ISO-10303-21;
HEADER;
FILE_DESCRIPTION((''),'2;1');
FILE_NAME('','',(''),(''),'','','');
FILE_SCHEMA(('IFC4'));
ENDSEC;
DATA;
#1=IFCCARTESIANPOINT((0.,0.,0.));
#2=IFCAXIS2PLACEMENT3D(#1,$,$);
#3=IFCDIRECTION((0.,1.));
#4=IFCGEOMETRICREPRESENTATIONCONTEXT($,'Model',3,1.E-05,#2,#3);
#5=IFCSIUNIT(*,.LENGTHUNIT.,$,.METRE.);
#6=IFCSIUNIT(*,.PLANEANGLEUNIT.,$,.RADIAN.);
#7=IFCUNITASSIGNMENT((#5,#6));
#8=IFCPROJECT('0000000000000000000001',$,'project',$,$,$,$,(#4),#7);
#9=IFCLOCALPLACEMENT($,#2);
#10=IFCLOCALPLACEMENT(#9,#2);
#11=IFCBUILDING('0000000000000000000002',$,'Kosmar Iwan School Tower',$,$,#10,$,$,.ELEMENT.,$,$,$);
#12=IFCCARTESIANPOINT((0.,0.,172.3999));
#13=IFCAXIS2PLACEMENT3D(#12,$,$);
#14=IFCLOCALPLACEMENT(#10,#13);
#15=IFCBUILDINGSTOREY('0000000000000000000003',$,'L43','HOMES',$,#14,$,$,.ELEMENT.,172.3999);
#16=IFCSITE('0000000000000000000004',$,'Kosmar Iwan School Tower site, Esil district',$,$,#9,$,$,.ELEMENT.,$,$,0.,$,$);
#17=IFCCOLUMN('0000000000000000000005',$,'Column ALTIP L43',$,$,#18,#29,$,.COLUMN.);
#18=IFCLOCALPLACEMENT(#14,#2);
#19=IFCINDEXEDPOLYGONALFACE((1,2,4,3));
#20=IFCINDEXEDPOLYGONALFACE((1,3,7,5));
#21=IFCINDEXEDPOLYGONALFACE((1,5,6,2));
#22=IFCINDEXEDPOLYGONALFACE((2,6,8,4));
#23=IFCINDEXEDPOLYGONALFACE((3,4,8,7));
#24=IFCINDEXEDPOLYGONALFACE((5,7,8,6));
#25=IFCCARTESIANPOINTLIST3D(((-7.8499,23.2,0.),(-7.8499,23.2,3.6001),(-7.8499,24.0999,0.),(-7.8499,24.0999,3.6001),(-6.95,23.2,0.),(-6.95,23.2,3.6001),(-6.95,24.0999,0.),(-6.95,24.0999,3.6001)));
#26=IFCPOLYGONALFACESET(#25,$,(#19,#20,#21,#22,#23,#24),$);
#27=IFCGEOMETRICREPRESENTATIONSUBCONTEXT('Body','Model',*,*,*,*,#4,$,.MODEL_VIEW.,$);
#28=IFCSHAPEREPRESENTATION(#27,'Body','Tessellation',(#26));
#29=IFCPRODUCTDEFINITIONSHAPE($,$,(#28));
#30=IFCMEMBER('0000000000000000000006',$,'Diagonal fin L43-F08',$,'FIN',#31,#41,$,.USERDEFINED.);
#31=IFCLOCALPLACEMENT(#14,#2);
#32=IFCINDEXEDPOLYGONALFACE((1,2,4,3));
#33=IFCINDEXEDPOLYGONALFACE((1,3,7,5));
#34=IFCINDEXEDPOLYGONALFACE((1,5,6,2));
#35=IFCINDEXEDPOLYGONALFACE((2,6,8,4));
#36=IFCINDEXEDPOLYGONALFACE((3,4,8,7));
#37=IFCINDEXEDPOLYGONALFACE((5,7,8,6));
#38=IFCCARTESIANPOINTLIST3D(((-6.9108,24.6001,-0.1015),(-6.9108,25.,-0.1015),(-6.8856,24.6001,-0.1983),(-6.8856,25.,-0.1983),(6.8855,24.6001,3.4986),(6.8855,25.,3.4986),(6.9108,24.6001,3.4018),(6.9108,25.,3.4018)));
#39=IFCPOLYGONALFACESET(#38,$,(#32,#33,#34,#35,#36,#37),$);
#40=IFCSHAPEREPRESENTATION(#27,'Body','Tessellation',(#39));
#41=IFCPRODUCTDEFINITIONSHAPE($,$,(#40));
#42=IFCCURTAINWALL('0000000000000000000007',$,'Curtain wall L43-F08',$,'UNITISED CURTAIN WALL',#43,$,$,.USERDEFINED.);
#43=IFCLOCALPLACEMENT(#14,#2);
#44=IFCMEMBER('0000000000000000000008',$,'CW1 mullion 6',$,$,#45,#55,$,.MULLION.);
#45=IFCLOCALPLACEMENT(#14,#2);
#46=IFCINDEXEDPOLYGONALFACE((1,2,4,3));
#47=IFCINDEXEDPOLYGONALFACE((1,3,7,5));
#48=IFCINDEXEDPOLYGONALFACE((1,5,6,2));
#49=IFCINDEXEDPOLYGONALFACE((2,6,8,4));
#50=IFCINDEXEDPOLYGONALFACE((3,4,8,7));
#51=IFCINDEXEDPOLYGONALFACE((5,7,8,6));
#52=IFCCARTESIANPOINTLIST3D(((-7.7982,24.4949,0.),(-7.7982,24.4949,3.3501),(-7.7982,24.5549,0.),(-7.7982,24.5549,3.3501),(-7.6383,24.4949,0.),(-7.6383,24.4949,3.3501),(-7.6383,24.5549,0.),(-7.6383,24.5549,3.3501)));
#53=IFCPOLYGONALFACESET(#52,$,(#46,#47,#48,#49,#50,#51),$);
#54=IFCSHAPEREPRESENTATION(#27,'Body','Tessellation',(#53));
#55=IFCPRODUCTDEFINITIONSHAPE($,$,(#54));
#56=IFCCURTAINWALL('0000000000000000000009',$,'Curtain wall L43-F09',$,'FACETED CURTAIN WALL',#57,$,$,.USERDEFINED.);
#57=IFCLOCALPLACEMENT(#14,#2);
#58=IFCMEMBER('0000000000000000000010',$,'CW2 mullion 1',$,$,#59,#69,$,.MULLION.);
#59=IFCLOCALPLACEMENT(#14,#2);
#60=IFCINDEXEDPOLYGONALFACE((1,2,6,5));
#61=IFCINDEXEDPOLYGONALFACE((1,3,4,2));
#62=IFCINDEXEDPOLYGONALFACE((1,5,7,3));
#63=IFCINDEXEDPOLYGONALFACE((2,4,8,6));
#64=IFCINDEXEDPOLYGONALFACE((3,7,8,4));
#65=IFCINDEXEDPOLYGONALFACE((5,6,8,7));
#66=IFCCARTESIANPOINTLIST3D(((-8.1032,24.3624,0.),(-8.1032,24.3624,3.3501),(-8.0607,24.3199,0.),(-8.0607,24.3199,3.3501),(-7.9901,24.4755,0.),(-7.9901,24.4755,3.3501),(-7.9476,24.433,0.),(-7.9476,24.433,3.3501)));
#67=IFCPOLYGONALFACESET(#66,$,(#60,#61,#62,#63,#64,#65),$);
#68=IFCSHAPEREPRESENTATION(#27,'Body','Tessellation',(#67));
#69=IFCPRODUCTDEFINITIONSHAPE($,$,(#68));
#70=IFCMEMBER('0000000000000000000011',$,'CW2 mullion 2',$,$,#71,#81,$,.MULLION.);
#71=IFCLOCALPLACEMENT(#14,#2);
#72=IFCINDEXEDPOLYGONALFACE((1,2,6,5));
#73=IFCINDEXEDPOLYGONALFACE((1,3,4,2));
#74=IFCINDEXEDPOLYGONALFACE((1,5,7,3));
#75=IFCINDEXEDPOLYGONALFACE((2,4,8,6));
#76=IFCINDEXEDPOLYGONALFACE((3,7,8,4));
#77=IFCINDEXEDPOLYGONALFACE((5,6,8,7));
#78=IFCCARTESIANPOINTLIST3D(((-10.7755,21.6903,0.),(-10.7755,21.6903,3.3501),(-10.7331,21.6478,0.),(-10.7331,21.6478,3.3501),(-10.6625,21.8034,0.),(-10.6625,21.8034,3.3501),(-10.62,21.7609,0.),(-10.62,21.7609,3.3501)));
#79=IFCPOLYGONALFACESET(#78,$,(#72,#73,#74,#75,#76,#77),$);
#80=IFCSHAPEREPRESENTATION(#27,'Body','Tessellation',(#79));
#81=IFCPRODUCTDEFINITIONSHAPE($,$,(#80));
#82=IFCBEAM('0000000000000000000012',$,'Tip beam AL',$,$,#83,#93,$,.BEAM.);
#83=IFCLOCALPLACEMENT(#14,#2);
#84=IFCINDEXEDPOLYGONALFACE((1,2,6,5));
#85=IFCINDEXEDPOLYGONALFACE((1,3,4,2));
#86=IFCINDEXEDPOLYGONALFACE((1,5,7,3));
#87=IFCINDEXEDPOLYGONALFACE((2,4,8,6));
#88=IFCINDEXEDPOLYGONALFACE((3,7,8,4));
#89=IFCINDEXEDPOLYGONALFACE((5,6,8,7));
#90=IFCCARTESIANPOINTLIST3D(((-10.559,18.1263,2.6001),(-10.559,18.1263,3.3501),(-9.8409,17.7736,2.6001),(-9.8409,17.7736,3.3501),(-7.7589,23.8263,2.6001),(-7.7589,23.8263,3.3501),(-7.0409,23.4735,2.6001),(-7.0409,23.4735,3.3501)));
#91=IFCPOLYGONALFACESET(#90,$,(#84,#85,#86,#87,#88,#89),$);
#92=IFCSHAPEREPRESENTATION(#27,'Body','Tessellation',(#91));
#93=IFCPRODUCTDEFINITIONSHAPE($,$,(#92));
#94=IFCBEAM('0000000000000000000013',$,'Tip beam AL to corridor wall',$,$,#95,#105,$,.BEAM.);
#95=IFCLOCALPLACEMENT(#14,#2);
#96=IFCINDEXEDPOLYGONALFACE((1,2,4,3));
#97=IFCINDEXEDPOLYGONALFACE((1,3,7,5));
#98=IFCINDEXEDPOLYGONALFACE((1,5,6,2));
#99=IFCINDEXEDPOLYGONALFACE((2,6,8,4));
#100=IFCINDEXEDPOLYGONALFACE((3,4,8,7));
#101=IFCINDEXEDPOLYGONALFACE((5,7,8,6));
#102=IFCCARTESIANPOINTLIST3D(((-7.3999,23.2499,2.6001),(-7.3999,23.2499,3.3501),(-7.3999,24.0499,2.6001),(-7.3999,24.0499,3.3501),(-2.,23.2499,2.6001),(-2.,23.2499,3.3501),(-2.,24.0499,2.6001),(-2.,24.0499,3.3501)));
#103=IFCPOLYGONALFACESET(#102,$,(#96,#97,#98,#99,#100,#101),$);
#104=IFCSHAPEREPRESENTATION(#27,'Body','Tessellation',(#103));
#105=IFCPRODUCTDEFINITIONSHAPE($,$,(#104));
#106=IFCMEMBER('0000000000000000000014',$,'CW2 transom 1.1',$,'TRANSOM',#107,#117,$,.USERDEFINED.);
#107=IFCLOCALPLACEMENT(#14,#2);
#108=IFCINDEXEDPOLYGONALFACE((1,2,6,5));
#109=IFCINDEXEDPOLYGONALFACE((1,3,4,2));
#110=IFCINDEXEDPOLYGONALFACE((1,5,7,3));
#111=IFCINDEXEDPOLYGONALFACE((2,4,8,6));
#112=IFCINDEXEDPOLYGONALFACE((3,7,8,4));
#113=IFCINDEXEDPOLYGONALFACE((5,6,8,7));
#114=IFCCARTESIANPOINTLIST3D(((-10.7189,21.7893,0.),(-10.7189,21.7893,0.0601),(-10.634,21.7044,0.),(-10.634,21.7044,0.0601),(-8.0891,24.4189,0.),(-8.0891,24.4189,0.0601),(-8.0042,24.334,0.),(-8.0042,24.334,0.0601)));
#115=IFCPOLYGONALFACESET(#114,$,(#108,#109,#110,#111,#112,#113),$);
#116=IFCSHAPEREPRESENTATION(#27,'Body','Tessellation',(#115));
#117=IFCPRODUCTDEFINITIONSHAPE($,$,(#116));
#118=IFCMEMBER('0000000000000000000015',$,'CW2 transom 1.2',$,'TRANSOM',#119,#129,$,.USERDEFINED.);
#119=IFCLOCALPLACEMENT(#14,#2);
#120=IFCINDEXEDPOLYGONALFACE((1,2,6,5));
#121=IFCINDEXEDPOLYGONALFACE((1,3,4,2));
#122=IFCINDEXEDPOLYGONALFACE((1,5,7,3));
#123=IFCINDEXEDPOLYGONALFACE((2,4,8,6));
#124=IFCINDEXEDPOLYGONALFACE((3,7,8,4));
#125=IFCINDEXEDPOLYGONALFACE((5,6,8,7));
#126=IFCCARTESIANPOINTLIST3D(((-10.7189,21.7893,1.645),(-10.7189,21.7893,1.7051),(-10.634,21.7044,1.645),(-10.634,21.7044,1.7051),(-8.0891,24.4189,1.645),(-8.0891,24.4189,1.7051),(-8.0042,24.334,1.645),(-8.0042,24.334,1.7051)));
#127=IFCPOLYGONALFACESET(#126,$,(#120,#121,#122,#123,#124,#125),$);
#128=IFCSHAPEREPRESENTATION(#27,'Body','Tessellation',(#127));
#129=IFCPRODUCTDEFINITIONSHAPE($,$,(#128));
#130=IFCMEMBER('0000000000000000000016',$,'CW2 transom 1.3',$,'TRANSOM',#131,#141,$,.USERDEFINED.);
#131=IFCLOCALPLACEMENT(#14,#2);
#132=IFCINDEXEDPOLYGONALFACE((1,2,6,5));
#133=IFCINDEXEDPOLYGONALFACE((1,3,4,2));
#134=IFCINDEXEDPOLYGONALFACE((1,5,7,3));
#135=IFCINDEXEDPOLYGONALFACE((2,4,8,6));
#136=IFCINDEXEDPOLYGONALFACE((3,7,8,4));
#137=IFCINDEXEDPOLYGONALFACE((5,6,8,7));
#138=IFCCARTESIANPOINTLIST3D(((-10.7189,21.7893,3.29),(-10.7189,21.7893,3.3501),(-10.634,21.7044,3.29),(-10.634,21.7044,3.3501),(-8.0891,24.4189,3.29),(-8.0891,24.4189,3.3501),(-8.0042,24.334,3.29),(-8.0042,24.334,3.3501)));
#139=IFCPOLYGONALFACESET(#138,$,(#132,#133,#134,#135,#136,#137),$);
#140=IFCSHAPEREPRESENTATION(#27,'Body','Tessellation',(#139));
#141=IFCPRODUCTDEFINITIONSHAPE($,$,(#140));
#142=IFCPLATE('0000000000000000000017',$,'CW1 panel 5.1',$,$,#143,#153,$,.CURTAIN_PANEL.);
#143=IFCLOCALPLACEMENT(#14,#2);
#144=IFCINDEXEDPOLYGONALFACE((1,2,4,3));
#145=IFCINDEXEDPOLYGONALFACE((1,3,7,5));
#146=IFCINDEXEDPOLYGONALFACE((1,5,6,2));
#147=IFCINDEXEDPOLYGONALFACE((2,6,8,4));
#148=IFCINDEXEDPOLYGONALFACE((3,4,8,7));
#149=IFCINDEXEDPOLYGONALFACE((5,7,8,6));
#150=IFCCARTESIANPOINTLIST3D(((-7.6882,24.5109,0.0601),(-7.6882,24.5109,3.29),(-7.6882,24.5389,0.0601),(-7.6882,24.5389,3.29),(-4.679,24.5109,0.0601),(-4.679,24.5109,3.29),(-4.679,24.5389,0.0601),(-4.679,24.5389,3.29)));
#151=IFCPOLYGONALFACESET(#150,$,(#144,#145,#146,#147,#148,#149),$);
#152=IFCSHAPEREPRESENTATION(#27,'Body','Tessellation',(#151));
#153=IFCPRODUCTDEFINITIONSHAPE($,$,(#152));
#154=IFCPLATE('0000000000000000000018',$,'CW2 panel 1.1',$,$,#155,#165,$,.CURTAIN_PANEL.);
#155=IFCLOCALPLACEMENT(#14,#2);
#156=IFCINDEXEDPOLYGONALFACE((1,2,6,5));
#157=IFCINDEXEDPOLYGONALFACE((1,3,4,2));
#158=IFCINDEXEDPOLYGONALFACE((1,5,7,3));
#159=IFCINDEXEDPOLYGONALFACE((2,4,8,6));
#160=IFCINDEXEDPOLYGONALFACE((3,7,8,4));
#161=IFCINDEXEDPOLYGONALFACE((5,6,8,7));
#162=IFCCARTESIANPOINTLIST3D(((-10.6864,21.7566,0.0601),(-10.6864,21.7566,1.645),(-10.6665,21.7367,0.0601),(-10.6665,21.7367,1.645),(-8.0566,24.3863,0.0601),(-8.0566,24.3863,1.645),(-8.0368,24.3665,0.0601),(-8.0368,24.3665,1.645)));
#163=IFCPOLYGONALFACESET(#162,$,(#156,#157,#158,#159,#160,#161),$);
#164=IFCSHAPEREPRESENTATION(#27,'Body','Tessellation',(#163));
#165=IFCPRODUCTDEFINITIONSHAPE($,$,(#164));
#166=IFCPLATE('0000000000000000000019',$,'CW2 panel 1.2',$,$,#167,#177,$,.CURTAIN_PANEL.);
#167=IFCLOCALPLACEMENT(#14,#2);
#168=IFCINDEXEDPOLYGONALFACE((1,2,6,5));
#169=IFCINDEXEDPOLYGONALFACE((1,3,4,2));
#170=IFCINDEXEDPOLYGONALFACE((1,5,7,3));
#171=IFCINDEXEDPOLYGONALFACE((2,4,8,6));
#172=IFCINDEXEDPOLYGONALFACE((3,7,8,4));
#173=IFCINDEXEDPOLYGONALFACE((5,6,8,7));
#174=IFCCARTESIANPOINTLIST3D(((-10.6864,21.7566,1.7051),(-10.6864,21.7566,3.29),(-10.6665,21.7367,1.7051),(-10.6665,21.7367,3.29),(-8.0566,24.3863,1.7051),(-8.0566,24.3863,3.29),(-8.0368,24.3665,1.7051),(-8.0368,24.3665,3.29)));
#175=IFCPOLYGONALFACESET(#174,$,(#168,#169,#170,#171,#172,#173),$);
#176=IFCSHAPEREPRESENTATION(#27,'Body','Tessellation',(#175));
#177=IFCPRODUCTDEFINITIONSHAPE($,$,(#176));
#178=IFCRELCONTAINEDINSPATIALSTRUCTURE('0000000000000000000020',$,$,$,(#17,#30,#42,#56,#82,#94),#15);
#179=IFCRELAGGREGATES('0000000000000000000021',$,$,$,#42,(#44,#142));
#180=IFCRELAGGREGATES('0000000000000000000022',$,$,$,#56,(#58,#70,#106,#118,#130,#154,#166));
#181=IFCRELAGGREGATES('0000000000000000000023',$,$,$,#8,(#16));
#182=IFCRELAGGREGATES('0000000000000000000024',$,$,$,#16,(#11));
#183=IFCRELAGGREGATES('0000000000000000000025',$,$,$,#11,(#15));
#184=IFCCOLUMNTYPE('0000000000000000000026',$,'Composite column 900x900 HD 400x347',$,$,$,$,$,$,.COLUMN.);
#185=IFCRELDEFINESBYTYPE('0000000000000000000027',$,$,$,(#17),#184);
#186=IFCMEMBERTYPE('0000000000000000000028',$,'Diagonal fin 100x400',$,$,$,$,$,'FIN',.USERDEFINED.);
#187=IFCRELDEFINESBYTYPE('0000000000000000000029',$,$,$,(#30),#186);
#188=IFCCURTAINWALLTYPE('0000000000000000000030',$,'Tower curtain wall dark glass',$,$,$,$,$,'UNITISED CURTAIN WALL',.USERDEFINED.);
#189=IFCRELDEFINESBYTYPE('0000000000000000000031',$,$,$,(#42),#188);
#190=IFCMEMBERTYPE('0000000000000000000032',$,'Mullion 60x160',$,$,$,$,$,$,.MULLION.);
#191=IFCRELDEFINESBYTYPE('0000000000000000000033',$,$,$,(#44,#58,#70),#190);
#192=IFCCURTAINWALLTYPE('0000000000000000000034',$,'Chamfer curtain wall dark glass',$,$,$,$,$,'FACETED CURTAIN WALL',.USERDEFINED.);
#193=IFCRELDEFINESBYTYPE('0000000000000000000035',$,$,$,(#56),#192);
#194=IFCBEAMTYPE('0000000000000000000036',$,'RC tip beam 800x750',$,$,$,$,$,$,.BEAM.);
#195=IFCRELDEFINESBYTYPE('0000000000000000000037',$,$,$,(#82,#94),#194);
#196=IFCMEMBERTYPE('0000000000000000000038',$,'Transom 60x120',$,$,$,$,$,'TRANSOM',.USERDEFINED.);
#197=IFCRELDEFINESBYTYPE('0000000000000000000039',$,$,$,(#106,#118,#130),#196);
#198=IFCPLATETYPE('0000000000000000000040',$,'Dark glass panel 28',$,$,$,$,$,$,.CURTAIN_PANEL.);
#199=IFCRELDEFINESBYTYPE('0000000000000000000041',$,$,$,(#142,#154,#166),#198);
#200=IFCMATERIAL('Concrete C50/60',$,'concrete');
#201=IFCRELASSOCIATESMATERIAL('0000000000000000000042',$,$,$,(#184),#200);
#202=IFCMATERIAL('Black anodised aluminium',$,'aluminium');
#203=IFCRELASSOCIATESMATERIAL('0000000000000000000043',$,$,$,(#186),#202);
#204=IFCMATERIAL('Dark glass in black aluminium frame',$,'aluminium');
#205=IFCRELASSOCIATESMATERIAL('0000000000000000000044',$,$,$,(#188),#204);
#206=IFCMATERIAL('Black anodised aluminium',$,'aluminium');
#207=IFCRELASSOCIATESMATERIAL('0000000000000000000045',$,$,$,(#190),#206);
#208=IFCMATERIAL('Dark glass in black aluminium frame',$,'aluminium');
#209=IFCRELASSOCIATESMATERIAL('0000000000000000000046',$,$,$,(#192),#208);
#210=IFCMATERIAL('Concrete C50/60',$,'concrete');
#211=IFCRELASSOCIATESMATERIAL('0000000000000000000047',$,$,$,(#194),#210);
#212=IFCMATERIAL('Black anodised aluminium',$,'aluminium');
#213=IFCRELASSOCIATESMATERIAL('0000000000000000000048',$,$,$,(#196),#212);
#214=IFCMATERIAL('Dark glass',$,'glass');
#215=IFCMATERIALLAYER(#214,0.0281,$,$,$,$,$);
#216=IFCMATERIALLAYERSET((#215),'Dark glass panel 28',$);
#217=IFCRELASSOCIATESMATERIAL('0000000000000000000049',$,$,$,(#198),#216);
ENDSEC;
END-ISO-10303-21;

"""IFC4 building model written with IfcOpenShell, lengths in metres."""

from ifc_helpers import new_model, si_unit, direction, frame, origin, origin_2d, place, context, subcontext, project, spatial, rectangle, extrude, material, layer, layer_set, material_profile, profile_set, type_object, element, aggregate, save


model = new_model("IFC4")

# Units and contexts
model_context = context("Model", 3, precision=1e-05, world=origin(), true_north=direction((0.0, 1.0)))
body_context = subcontext(model_context, "Body", "Model", "MODEL_VIEW")
ifc_project = project(units=[si_unit("LENGTHUNIT", "METRE"), si_unit("PLANEANGLEUNIT", "RADIAN")], contexts=[model_context])

# Site, building, storey
site_placement = place(None, origin())
site = spatial("IfcSite", under=ifc_project, at=site_placement, Name="Kosmar Iwan School Tower site, Esil district", CompositionType="ELEMENT", RefElevation=0.0)
building_placement = place(site_placement, origin())
building = spatial("IfcBuilding", under=site, at=building_placement, Name="Kosmar Iwan School Tower", CompositionType="ELEMENT")
storey_placement = place(building_placement, frame((0.0, 0.0, 172.3999)))
storey = spatial("IfcBuildingStorey", under=building, at=storey_placement, Name="L43", Description="HOMES", CompositionType="ELEMENT", Elevation=172.3999)

# Column
ifc_material_1 = material(Name="Concrete C50/60", Category="concrete")
ifc_material_profile_1 = material_profile(ifc_material_1, rectangle(XDim=0.8999, YDim=0.8999, at=origin_2d()), Name="RC 900x900 + HD 400x347")
ifc_profile_set_1 = profile_set([ifc_material_profile_1], Name="Concrete C50/60")
column_type = type_object("IfcColumnType", Name="Composite column 900x900 HD 400x347", PredefinedType="COLUMN", material=ifc_profile_set_1)
column_placement = place(storey_placement, frame((-7.3999, 23.6499, 0.0), z_axis=(0.0, 0.0, 1.0), x_axis=(0.0, 1.0, 0.0)))
element("IfcColumn", 1, at=column_placement, inside=storey, type_object=column_type, Name="Column ALTIP L43", PredefinedType="COLUMN", context=body_context, shape_type="SweptSolid", body=[
    extrude(rectangle(XDim=0.8999, YDim=0.8999, at=origin_2d()), origin(), (0.0, 0.0, 1.0), 3.6001),
])

# Member
ifc_material_2 = material(Name="Black anodised aluminium", Category="aluminium")
ifc_material_profile_2 = material_profile(ifc_material_2, rectangle(XDim=0.1001, YDim=0.3999, at=origin_2d()), Name="FIN 100x400")
ifc_profile_set_2 = profile_set([ifc_material_profile_2], Name="Black anodised aluminium")
member_type_1 = type_object("IfcMemberType", Name="Diagonal fin 100x400", ElementType="FIN", PredefinedType="USERDEFINED", material=ifc_profile_set_2)
member_1_placement = place(storey_placement, frame((-6.8982, 24.8, -0.1499), z_axis=(0.967599, 0.0, 0.25249), x_axis=(-0.25249, 0.0, 0.967599)))
element("IfcMember", 2, at=member_1_placement, inside=storey, type_object=member_type_1, Name="Diagonal fin L43-F08", ObjectType="FIN", PredefinedType="USERDEFINED", context=body_context, shape_type="SweptSolid", body=[
    extrude(rectangle(XDim=0.1001, YDim=0.3999, at=origin_2d()), origin(), (0.0, 0.0, 1.0), 14.2583),
])

# Curtain wall, member
ifc_material_3 = material(Name="Dark glass in black aluminium frame", Category="aluminium")
curtain_wall_type_1 = type_object("IfcCurtainWallType", Name="Tower curtain wall dark glass", ElementType="UNITISED CURTAIN WALL", PredefinedType="USERDEFINED", material=ifc_material_3)
curtain_wall_1_placement = place(storey_placement, origin())
curtain_wall_1 = element("IfcCurtainWall", 3, at=curtain_wall_1_placement, inside=storey, type_object=curtain_wall_type_1, Name="Curtain wall L43-F08", ObjectType="UNITISED CURTAIN WALL", PredefinedType="USERDEFINED")
ifc_material_4 = material(Name="Black anodised aluminium", Category="aluminium")
ifc_material_profile_3 = material_profile(ifc_material_4, rectangle(XDim=0.0601, YDim=0.1599, at=origin_2d()), Name="MULLION 60x160")
ifc_profile_set_3 = profile_set([ifc_material_profile_3], Name="Black anodised aluminium")
member_type_2 = type_object("IfcMemberType", Name="Mullion 60x160", PredefinedType="MULLION", material=ifc_profile_set_3)
member_2_placement = place(storey_placement, frame((-7.7183, 24.5249, 0.0), z_axis=(0.0, 0.0, 1.0), x_axis=(0.0, -1.0, 0.0)))
member_2 = element("IfcMember", 4, at=member_2_placement, type_object=member_type_2, Name="CW1 mullion 6", PredefinedType="MULLION", context=body_context, shape_type="SweptSolid", body=[
    extrude(rectangle(XDim=0.0601, YDim=0.1599, at=origin_2d()), origin(), (0.0, 0.0, 1.0), 3.3501),
])

# Curtain wall, members
ifc_material_5 = material(Name="Dark glass in black aluminium frame", Category="aluminium")
curtain_wall_type_2 = type_object("IfcCurtainWallType", Name="Chamfer curtain wall dark glass", ElementType="FACETED CURTAIN WALL", PredefinedType="USERDEFINED", material=ifc_material_5)
curtain_wall_2_placement = place(storey_placement, origin())
curtain_wall_2 = element("IfcCurtainWall", 5, at=curtain_wall_2_placement, inside=storey, type_object=curtain_wall_type_2, Name="Curtain wall L43-F09", ObjectType="FACETED CURTAIN WALL", PredefinedType="USERDEFINED")
member_3_placement = place(storey_placement, frame((-8.0254, 24.3977, 0.0), z_axis=(0.0, 0.0, 1.0), x_axis=(0.707107, -0.707107, 0.0)))
member_3 = element("IfcMember", 6, at=member_3_placement, type_object=member_type_2, Name="CW2 mullion 1", PredefinedType="MULLION", context=body_context, shape_type="SweptSolid", body=[
    extrude(rectangle(XDim=0.0601, YDim=0.1599, at=origin_2d()), origin(), (0.0, 0.0, 1.0), 3.3501),
])
member_4_placement = place(storey_placement, frame((-10.6978, 21.7256, 0.0), z_axis=(0.0, 0.0, 1.0), x_axis=(0.707107, -0.707107, 0.0)))
member_4 = element("IfcMember", 7, at=member_4_placement, type_object=member_type_2, Name="CW2 mullion 2", PredefinedType="MULLION", context=body_context, shape_type="SweptSolid", body=[
    extrude(rectangle(XDim=0.0601, YDim=0.1599, at=origin_2d()), origin(), (0.0, 0.0, 1.0), 3.3501),
])

# Beams
ifc_material_6 = material(Name="Concrete C50/60", Category="concrete")
ifc_material_profile_4 = material_profile(ifc_material_6, rectangle(XDim=0.8, YDim=0.75, at=origin_2d()), Name="RC 800x750")
ifc_profile_set_4 = profile_set([ifc_material_profile_4], Name="Concrete C50/60")
beam_type = type_object("IfcBeamType", Name="RC tip beam 800x750", PredefinedType="BEAM", material=ifc_profile_set_4)
beam_1_placement = place(storey_placement, frame((-10.2, 17.95, 2.9751), z_axis=(0.440913, 0.89755, 0.0), x_axis=(-0.89755, 0.440913, 0.0)))
element("IfcBeam", 8, at=beam_1_placement, inside=storey, type_object=beam_type, Name="Tip beam AL", PredefinedType="BEAM", context=body_context, shape_type="SweptSolid", body=[
    extrude(rectangle(XDim=0.8, YDim=0.75, at=origin_2d()), origin(), (0.0, 0.0, 1.0), 6.3506),
])
beam_2_placement = place(storey_placement, frame((-7.3999, 23.6499, 2.9751), z_axis=(1.0, 0.0, 0.0), x_axis=(0.0, 1.0, 0.0)))
element("IfcBeam", 9, at=beam_2_placement, inside=storey, type_object=beam_type, Name="Tip beam AL to corridor wall", PredefinedType="BEAM", context=body_context, shape_type="SweptSolid", body=[
    extrude(rectangle(XDim=0.8, YDim=0.75, at=origin_2d()), origin(), (0.0, 0.0, 1.0), 5.3999),
])

# Members
ifc_material_7 = material(Name="Black anodised aluminium", Category="aluminium")
ifc_material_profile_5 = material_profile(ifc_material_7, rectangle(XDim=0.1201, YDim=0.0601, at=origin_2d()), Name="TRANSOM 60x120")
ifc_profile_set_5 = profile_set([ifc_material_profile_5], Name="Black anodised aluminium")
member_type_3 = type_object("IfcMemberType", Name="Transom 60x120", ElementType="TRANSOM", PredefinedType="USERDEFINED", material=ifc_profile_set_5)
member_5_placement = place(storey_placement, frame((-8.0466, 24.3765, 0.03), z_axis=(-0.70714, -0.707074, 0.0), x_axis=(0.707074, -0.70714, 0.0)))
member_5 = element("IfcMember", 10, at=member_5_placement, type_object=member_type_3, Name="CW2 transom 1.1", ObjectType="TRANSOM", PredefinedType="USERDEFINED", context=body_context, shape_type="SweptSolid", body=[
    extrude(rectangle(XDim=0.1201, YDim=0.0601, at=origin_2d()), origin(), (0.0, 0.0, 1.0), 3.719),
])
member_6_placement = place(storey_placement, frame((-8.0466, 24.3765, 1.675), z_axis=(-0.70714, -0.707074, 0.0), x_axis=(0.707074, -0.70714, 0.0)))
member_6 = element("IfcMember", 11, at=member_6_placement, type_object=member_type_3, Name="CW2 transom 1.2", ObjectType="TRANSOM", PredefinedType="USERDEFINED", context=body_context, shape_type="SweptSolid", body=[
    extrude(rectangle(XDim=0.1201, YDim=0.0601, at=origin_2d()), origin(), (0.0, 0.0, 1.0), 3.719),
])
member_7_placement = place(storey_placement, frame((-8.0466, 24.3765, 3.3201), z_axis=(-0.70714, -0.707074, 0.0), x_axis=(0.707074, -0.70714, 0.0)))
member_7 = element("IfcMember", 12, at=member_7_placement, type_object=member_type_3, Name="CW2 transom 1.3", ObjectType="TRANSOM", PredefinedType="USERDEFINED", context=body_context, shape_type="SweptSolid", body=[
    extrude(rectangle(XDim=0.1201, YDim=0.0601, at=origin_2d()), origin(), (0.0, 0.0, 1.0), 3.719),
])

# Plates
ifc_material_8 = material(Name="Dark glass", Category="glass")
ifc_layer = layer(ifc_material_8, 0.0281)
ifc_layer_set = layer_set([ifc_layer], Name="Dark glass panel 28")
plate_type = type_object("IfcPlateType", Name="Dark glass panel 28", PredefinedType="CURTAIN_PANEL", material=ifc_layer_set)
plate_1_placement = place(storey_placement, frame((-6.1836, 24.5249, 0.0601), z_axis=(0.0, 0.0, 1.0), x_axis=(-1.0, 0.0, 0.0)))
plate_1 = element("IfcPlate", 13, at=plate_1_placement, type_object=plate_type, Name="CW1 panel 5.1", PredefinedType="CURTAIN_PANEL", context=body_context, shape_type="SweptSolid", body=[
    extrude(rectangle(XDim=3.0093, YDim=0.0281, at=origin_2d()), origin(), (0.0, 0.0, 1.0), 3.23),
])
aggregate(curtain_wall_1, [member_2, plate_1])
plate_2_placement = place(storey_placement, frame((-9.3616, 23.0615, 0.0601), z_axis=(0.0, 0.0, 1.0), x_axis=(-0.707107, -0.707107, 0.0)))
plate_2 = element("IfcPlate", 14, at=plate_2_placement, type_object=plate_type, Name="CW2 panel 1.1", PredefinedType="CURTAIN_PANEL", context=body_context, shape_type="SweptSolid", body=[
    extrude(rectangle(XDim=3.719, YDim=0.0281, at=origin_2d()), origin(), (0.0, 0.0, 1.0), 1.585),
])
plate_3_placement = place(storey_placement, frame((-9.3616, 23.0615, 1.7051), z_axis=(0.0, 0.0, 1.0), x_axis=(-0.707107, -0.707107, 0.0)))
plate_3 = element("IfcPlate", 15, at=plate_3_placement, type_object=plate_type, Name="CW2 panel 1.2", PredefinedType="CURTAIN_PANEL", context=body_context, shape_type="SweptSolid", body=[
    extrude(rectangle(XDim=3.719, YDim=0.0281, at=origin_2d()), origin(), (0.0, 0.0, 1.0), 1.585),
])
aggregate(curtain_wall_2, [member_3, member_4, member_5, member_6, member_7, plate_2, plate_3])

save(model, "model.ifc")
